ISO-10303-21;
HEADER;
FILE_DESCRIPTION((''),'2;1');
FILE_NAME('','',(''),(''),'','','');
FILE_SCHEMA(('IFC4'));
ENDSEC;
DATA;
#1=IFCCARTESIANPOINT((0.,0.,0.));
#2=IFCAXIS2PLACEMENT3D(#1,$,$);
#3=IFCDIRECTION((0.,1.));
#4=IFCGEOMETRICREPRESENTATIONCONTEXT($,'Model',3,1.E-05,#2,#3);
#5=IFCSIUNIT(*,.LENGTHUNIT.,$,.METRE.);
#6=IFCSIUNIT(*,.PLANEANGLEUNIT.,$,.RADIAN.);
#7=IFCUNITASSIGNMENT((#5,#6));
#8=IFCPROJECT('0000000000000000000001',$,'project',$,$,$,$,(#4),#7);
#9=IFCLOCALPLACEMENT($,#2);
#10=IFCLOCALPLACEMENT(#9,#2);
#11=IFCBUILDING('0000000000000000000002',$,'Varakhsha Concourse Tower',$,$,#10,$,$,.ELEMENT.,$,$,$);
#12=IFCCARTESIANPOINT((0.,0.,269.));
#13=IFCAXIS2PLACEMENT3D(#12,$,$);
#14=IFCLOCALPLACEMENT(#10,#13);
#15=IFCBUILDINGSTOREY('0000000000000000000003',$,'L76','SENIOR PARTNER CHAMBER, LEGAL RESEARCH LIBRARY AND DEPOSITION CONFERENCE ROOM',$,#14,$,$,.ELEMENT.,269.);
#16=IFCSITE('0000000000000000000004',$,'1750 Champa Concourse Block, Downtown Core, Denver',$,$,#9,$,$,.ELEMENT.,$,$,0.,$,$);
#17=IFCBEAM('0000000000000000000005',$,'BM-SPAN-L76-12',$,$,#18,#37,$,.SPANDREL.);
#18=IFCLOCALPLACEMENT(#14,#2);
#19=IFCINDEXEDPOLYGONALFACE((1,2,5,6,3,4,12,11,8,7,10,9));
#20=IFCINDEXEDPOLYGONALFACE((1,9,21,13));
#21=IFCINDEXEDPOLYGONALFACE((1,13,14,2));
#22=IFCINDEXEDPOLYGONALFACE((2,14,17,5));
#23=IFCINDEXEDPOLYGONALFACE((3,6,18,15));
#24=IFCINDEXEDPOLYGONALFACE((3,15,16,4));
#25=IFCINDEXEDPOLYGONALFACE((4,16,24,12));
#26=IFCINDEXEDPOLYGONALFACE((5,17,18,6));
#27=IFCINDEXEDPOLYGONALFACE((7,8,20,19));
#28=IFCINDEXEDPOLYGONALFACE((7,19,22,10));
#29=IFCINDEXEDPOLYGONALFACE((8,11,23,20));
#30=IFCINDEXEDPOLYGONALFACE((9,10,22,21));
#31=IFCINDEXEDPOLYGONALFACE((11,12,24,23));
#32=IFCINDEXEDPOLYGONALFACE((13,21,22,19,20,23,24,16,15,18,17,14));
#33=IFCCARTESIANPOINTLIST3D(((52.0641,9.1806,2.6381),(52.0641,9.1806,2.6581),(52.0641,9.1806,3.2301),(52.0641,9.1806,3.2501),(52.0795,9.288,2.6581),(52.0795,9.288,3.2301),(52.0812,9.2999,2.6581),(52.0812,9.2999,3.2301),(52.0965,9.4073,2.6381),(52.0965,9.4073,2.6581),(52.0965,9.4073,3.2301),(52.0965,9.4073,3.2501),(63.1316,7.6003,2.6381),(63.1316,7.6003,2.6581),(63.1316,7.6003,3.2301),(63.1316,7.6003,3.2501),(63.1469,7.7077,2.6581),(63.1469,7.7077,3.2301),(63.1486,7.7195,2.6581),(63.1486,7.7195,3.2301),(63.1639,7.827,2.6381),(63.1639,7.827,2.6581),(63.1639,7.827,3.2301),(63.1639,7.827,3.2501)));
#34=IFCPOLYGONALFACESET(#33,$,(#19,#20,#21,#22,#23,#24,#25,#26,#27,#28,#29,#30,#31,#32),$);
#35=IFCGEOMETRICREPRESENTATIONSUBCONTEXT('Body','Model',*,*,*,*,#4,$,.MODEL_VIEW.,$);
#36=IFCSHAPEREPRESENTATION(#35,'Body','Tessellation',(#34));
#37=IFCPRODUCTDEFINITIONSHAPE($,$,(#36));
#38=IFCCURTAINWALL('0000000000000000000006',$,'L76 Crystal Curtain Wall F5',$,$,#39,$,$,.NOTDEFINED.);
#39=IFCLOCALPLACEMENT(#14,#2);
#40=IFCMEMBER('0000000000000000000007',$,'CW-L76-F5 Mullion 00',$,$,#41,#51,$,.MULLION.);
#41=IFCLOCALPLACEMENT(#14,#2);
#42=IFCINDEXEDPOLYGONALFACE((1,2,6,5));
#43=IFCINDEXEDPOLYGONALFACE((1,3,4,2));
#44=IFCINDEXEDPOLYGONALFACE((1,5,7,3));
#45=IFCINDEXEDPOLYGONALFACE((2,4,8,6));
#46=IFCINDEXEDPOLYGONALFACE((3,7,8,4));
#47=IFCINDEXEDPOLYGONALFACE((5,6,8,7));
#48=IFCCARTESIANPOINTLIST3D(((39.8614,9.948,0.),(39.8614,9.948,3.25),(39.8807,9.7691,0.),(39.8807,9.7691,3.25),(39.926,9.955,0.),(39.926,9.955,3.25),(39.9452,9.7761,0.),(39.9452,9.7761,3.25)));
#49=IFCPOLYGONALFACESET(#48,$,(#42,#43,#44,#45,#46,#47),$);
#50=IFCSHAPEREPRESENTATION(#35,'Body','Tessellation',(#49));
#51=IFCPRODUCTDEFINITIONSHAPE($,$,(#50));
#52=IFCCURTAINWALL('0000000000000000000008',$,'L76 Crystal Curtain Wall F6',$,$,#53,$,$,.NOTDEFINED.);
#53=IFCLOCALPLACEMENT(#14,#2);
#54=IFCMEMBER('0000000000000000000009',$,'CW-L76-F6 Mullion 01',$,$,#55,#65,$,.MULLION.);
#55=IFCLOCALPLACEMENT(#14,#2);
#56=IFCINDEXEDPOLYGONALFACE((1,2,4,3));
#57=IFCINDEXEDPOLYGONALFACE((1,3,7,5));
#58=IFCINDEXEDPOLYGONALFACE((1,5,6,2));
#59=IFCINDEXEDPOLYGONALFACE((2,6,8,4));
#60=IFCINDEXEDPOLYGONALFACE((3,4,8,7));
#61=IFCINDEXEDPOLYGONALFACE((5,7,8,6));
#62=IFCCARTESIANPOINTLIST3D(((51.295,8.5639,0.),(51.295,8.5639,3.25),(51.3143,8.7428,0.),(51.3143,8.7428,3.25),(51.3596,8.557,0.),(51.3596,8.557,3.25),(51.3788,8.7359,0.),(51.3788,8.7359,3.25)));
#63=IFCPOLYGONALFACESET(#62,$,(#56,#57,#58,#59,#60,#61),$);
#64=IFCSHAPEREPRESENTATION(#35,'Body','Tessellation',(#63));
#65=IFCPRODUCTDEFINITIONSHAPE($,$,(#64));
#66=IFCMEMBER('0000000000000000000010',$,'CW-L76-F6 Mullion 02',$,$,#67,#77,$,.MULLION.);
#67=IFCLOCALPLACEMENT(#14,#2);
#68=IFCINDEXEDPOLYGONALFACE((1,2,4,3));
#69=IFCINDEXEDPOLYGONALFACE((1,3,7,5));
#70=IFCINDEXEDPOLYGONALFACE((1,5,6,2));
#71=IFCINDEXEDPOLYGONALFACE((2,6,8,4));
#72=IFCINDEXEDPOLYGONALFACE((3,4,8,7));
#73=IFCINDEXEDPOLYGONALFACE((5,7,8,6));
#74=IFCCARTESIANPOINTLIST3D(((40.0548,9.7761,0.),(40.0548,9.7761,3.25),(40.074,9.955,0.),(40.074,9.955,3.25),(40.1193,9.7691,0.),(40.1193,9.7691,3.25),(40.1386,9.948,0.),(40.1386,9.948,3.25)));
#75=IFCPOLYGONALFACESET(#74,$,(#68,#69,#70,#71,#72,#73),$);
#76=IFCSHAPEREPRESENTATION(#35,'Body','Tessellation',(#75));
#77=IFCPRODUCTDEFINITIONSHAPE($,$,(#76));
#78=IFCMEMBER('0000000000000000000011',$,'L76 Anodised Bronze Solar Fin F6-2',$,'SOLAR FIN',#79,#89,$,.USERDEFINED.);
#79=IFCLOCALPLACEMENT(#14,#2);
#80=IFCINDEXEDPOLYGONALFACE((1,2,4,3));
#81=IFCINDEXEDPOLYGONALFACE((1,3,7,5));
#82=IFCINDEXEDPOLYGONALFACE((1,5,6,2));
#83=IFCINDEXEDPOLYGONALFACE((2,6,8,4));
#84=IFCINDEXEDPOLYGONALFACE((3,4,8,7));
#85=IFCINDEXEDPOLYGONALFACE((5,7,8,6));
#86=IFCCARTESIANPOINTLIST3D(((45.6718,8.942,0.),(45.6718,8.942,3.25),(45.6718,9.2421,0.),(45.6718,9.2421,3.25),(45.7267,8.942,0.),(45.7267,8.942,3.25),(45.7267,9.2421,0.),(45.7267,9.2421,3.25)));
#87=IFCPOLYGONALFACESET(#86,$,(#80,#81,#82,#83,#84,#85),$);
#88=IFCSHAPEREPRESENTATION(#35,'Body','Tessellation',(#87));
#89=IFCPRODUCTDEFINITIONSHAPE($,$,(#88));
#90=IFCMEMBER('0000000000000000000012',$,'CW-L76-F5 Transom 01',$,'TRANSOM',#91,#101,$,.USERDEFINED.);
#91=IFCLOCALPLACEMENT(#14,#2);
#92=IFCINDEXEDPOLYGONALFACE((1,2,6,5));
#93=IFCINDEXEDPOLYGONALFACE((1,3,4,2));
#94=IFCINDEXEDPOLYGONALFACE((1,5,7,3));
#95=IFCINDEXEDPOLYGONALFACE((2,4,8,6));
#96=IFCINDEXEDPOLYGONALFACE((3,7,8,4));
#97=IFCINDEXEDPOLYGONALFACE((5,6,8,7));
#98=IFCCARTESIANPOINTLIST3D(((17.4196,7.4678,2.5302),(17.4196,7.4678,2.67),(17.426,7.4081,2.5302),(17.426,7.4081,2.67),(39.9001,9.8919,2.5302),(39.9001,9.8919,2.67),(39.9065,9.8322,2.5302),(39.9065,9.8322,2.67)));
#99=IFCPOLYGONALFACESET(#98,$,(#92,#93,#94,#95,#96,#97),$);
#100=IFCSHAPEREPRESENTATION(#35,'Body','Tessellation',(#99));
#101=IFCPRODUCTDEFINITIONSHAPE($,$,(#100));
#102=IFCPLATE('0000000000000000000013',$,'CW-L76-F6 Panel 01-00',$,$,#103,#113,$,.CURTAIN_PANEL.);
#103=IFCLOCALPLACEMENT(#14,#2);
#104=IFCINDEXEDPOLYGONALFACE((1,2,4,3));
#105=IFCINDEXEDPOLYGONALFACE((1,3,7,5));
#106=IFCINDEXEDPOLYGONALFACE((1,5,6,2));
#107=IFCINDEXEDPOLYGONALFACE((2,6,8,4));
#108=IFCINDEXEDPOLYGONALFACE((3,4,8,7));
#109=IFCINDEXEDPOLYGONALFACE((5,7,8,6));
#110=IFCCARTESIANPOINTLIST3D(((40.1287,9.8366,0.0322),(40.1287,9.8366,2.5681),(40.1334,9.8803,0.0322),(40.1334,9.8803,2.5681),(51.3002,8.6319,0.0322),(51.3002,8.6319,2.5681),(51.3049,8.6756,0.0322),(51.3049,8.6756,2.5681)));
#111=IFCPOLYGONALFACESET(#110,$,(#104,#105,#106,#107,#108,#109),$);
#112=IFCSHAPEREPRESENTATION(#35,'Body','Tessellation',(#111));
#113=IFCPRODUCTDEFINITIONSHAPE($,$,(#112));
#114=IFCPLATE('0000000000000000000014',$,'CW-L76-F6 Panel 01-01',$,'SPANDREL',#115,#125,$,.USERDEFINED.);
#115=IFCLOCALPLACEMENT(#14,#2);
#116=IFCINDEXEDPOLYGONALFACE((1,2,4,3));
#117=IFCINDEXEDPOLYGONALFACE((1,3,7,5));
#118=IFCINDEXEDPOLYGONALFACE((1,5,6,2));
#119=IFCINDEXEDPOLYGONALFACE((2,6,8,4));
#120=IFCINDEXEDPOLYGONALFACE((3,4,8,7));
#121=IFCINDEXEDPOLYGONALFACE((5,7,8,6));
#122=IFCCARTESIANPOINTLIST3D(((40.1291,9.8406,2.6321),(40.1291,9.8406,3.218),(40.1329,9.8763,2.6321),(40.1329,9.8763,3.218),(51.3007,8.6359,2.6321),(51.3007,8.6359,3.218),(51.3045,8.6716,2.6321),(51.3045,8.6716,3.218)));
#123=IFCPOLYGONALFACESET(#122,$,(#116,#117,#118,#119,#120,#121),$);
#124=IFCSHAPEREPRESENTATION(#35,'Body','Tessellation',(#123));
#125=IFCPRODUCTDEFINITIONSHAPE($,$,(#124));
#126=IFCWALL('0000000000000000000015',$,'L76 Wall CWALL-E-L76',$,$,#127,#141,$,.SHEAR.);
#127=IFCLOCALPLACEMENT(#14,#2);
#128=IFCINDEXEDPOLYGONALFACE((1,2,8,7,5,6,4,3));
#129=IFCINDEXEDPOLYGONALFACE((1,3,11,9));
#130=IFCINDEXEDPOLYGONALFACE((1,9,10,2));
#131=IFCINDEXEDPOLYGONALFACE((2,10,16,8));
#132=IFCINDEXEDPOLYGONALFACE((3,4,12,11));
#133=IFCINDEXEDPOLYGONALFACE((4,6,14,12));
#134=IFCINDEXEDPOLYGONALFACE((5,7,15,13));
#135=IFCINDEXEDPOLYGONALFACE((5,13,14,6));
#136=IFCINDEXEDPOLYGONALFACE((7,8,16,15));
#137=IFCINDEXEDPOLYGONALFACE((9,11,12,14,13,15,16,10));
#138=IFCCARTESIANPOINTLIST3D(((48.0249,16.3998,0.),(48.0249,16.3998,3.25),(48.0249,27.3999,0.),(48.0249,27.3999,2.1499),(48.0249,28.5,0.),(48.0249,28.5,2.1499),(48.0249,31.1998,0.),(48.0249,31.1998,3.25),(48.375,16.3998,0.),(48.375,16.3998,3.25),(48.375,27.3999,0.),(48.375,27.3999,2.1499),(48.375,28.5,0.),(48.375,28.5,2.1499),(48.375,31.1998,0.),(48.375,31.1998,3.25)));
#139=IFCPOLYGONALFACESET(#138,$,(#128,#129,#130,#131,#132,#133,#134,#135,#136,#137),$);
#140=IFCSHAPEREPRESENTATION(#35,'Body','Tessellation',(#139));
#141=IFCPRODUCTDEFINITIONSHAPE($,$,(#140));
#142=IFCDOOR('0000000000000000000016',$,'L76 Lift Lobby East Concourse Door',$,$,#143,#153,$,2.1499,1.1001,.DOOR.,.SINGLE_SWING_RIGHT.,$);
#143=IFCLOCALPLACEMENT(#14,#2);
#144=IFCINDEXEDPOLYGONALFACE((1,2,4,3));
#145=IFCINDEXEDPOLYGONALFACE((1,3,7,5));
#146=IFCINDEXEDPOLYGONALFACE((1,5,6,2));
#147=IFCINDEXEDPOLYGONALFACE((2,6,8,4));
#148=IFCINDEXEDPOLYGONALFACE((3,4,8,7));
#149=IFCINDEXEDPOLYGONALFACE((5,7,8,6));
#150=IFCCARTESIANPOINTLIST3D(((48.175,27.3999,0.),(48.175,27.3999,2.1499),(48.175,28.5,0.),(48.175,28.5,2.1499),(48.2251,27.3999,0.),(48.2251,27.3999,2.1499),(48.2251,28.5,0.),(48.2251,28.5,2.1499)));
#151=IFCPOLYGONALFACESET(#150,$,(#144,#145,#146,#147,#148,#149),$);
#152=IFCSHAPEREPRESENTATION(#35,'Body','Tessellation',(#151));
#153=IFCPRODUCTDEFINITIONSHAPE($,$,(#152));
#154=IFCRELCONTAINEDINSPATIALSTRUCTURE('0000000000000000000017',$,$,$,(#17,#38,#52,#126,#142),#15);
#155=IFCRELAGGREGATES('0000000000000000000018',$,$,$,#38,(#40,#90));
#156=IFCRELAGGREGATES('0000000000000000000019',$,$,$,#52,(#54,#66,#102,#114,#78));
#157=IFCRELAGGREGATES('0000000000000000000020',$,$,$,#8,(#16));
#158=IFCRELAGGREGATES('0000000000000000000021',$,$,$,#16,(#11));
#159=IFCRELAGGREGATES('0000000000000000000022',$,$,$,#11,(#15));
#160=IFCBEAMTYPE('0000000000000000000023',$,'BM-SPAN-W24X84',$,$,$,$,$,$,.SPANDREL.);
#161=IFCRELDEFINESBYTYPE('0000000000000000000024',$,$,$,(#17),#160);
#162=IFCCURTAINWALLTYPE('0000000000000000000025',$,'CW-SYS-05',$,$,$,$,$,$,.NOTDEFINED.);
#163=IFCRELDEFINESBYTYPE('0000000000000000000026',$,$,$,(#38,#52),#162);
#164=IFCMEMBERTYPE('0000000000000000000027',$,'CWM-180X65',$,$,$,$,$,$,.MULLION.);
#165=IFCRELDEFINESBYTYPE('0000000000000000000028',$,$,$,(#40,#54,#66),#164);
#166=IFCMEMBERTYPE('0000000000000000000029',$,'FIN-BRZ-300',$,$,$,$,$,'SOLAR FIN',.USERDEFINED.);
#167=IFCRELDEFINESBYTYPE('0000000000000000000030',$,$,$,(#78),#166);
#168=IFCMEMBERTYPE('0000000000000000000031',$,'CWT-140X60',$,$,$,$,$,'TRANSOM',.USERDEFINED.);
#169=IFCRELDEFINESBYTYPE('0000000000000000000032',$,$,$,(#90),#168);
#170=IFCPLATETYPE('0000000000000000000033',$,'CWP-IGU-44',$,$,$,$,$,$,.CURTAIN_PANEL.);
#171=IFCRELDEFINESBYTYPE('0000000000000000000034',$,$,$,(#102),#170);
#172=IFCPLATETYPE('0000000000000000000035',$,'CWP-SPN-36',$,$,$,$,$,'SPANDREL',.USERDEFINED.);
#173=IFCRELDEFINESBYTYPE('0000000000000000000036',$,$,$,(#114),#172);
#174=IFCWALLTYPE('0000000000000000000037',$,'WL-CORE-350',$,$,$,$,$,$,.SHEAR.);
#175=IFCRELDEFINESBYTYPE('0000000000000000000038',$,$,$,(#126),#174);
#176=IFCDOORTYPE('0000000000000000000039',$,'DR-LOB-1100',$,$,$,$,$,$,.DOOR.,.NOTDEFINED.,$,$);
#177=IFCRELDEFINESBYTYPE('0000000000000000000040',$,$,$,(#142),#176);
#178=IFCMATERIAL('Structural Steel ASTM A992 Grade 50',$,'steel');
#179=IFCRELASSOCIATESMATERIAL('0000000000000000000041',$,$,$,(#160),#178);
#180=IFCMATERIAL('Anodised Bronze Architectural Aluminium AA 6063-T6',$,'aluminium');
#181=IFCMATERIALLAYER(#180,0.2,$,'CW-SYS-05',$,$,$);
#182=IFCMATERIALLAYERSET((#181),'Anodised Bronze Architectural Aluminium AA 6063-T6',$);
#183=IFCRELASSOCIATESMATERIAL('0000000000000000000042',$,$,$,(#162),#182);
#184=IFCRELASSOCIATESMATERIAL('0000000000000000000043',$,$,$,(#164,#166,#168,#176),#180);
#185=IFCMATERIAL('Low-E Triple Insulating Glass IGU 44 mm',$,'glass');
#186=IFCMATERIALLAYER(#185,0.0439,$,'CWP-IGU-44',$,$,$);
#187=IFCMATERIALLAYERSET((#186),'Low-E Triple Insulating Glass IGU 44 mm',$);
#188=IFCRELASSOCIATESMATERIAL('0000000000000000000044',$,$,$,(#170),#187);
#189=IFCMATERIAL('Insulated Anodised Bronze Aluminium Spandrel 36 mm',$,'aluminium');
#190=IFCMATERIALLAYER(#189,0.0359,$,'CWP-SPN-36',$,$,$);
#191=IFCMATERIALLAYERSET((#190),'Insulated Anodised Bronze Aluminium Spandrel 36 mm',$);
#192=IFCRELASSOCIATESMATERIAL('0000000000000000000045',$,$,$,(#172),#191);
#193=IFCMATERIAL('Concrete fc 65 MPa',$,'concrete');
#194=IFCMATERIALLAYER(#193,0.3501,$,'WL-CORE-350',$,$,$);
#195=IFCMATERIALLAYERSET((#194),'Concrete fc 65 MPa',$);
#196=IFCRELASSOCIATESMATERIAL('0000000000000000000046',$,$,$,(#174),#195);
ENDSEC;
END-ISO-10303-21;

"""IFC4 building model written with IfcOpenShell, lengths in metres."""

from ifc_helpers import new_model, si_unit, direction, frame, frame_2d, origin, origin_2d, place, context, subcontext, project, spatial, rectangle, i_section, extrude, source, transform, mapped, material, layer, layer_set, material_profile, profile_set, type_object, type_shapes, element, fill, aggregate, save


model = new_model("IFC4")

# Units and contexts
model_context = context("Model", 3, precision=1e-05, world=origin(), true_north=direction((0.0, 1.0)))
body_context = subcontext(model_context, "Body", "Model", "MODEL_VIEW")
ifc_project = project(units=[si_unit("LENGTHUNIT", "METRE"), si_unit("PLANEANGLEUNIT", "RADIAN")], contexts=[model_context])

# Site, building, storey
site_placement = place(None, origin())
site = spatial("IfcSite", under=ifc_project, at=site_placement, Name="1750 Champa Concourse Block, Downtown Core, Denver", CompositionType="ELEMENT", RefElevation=0.0)
building_placement = place(site_placement, origin())
building = spatial("IfcBuilding", under=site, at=building_placement, Name="Varakhsha Concourse Tower", CompositionType="ELEMENT")
storey_placement = place(building_placement, frame((0.0, 0.0, 269.0)))
storey = spatial("IfcBuildingStorey", under=building, at=storey_placement, Name="L76", Description="SENIOR PARTNER CHAMBER, LEGAL RESEARCH LIBRARY AND DEPOSITION CONFERENCE ROOM", CompositionType="ELEMENT", Elevation=269.0)

# Shared definitions
ifc_material_1 = material(Name="Structural Steel ASTM A992 Grade 50", Category="steel")
ifc_material_2 = material(Name="Concrete fc 65 MPa", Category="concrete")

# Beam
ifc_material_profile_1 = material_profile(ifc_material_1, i_section(OverallWidth=0.229, OverallDepth=0.6121, WebThickness=0.012, FlangeThickness=0.02, at=origin_2d()), Name="W24X84")
ifc_profile_set_1 = profile_set([ifc_material_profile_1], Name="Structural Steel ASTM A992 Grade 50")
beam_type_1 = type_object("IfcBeamType", Name="BM-SPAN-W24X84", PredefinedType="SPANDREL", material=ifc_profile_set_1)
beam_1_placement = place(storey_placement, frame((52.0803, 9.2939, 2.9441), z_axis=(0.989959, -0.141357, 0.0), x_axis=(0.141357, 0.989959, 0.0)))
element("IfcBeam", 1, at=beam_1_placement, inside=storey, type_object=beam_type_1, Name="BM-SPAN-L76-12", PredefinedType="SPANDREL", context=body_context, shape_type="SweptSolid", body=[
    extrude(i_section(OverallWidth=0.229, OverallDepth=0.6121, WebThickness=0.012, FlangeThickness=0.02, at=origin_2d()), origin(), (0.0, 0.0, 1.0), 11.1797),
])

# Curtain wall, member
ifc_material_3 = material(Name="Anodised Bronze Architectural Aluminium AA 6063-T6", Category="aluminium")
ifc_layer_1 = layer(ifc_material_3, 0.2, Name="CW-SYS-05")
ifc_layer_set_1 = layer_set([ifc_layer_1], Name="Anodised Bronze Architectural Aluminium AA 6063-T6")
curtain_wall_type = type_object("IfcCurtainWallType", Name="CW-SYS-05", PredefinedType="NOTDEFINED", material=ifc_layer_set_1)
curtain_wall_1_placement = place(storey_placement, origin())
curtain_wall_1 = element("IfcCurtainWall", 2, at=curtain_wall_1_placement, inside=storey, type_object=curtain_wall_type, Name="L76 Crystal Curtain Wall F5", PredefinedType="NOTDEFINED")
ifc_material_profile_2 = material_profile(ifc_material_3, rectangle(XDim=0.0649, YDim=0.1799, at=origin_2d()), Name="CWM-180X65")
ifc_profile_set_2 = profile_set([ifc_material_profile_2], Name="Anodised Bronze Architectural Aluminium AA 6063-T6")
member_type_1 = type_object("IfcMemberType", Name="CWM-180X65", PredefinedType="MULLION", material=ifc_profile_set_2)
shared_shape_1 = source(origin(), body_context, "Body", "SweptSolid", [
    extrude(rectangle(XDim=0.0649, YDim=0.1799, at=origin_2d()), origin(), (0.0, 0.0, 1.0), 3.25),
])
type_shapes(member_type_1, [shared_shape_1])
member_1_placement = place(storey_placement, frame((39.9033, 9.8621, 0.0), z_axis=(0.0, 0.0, 1.0), x_axis=(-0.994236, -0.10721, 0.0)))
member_1 = element("IfcMember", 3, at=member_1_placement, type_object=member_type_1, Name="CW-L76-F5 Mullion 00", PredefinedType="MULLION", context=body_context, shape_type="MappedRepresentation", body=[
    mapped(shared_shape_1, transform((0.0, 0.0, 0.0), scale=1.0)),
])

# Curtain wall, members
curtain_wall_2_placement = place(storey_placement, origin())
curtain_wall_2 = element("IfcCurtainWall", 4, at=curtain_wall_2_placement, inside=storey, type_object=curtain_wall_type, Name="L76 Crystal Curtain Wall F6", PredefinedType="NOTDEFINED")
member_2_placement = place(storey_placement, frame((51.3369, 8.6499, 0.0), z_axis=(0.0, 0.0, 1.0), x_axis=(-0.994236, 0.10721, 0.0)))
member_2 = element("IfcMember", 5, at=member_2_placement, type_object=member_type_1, Name="CW-L76-F6 Mullion 01", PredefinedType="MULLION", context=body_context, shape_type="MappedRepresentation", body=[
    mapped(shared_shape_1, transform((0.0, 0.0, 0.0), scale=1.0)),
])
member_3_placement = place(storey_placement, frame((40.0967, 9.8621, 0.0), z_axis=(0.0, 0.0, 1.0), x_axis=(-0.994236, 0.10721, 0.0)))
member_3 = element("IfcMember", 6, at=member_3_placement, type_object=member_type_1, Name="CW-L76-F6 Mullion 02", PredefinedType="MULLION", context=body_context, shape_type="MappedRepresentation", body=[
    mapped(shared_shape_1, transform((0.0, 0.0, 0.0), scale=1.0)),
])
ifc_material_profile_3 = material_profile(ifc_material_3, rectangle(XDim=0.0549, YDim=0.3, at=origin_2d()), Name="FIN-BRZ-300")
ifc_profile_set_3 = profile_set([ifc_material_profile_3], Name="Anodised Bronze Architectural Aluminium AA 6063-T6")
member_type_2 = type_object("IfcMemberType", Name="FIN-BRZ-300", ElementType="SOLAR FIN", PredefinedType="USERDEFINED", material=ifc_profile_set_3)
shared_shape_2 = source(origin(), body_context, "Body", "SweptSolid", [
    extrude(rectangle(XDim=0.0549, YDim=0.3, at=origin_2d()), origin(), (0.0, 0.0, 1.0), 3.25),
])
type_shapes(member_type_2, [shared_shape_2])
member_4_placement = place(storey_placement, frame((45.6992, 9.092, 0.0), z_axis=(0.0, 0.0, 1.0), x_axis=(1.0, 0.0, 0.0)))
member_4 = element("IfcMember", 7, at=member_4_placement, type_object=member_type_2, Name="L76 Anodised Bronze Solar Fin F6-2", ObjectType="SOLAR FIN", PredefinedType="USERDEFINED", context=body_context, shape_type="MappedRepresentation", body=[
    mapped(shared_shape_2, transform((0.0, 0.0, 0.0), scale=1.0)),
])

# Member
ifc_material_profile_4 = material_profile(ifc_material_3, rectangle(XDim=0.0601, YDim=0.1399, at=origin_2d()), Name="CWT-140X60")
ifc_profile_set_4 = profile_set([ifc_material_profile_4], Name="Anodised Bronze Architectural Aluminium AA 6063-T6")
member_type_3 = type_object("IfcMemberType", Name="CWT-140X60", ElementType="TRANSOM", PredefinedType="USERDEFINED", material=ifc_profile_set_4)
shared_shape_3 = source(origin(), body_context, "Body", "SweptSolid", [
    extrude(rectangle(XDim=0.0601, YDim=0.1399, at=origin_2d()), origin(), (0.0, 0.0, 1.0), 22.6108),
])
type_shapes(member_type_3, [shared_shape_3])
member_5_placement = place(storey_placement, frame((39.9033, 9.8621, 2.6001), z_axis=(-0.994237, -0.107209, 0.0), x_axis=(0.107209, -0.994237, 0.0)))
member_5 = element("IfcMember", 8, at=member_5_placement, type_object=member_type_3, Name="CW-L76-F5 Transom 01", ObjectType="TRANSOM", PredefinedType="USERDEFINED", context=body_context, shape_type="MappedRepresentation", body=[
    mapped(shared_shape_3, transform((0.0, 0.0, 0.0), scale=1.0)),
])
aggregate(curtain_wall_1, [member_1, member_5])

# Plates
ifc_material_4 = material(Name="Low-E Triple Insulating Glass IGU 44 mm", Category="glass")
ifc_layer_2 = layer(ifc_material_4, 0.0439, Name="CWP-IGU-44")
ifc_layer_set_2 = layer_set([ifc_layer_2], Name="Low-E Triple Insulating Glass IGU 44 mm")
plate_type_1 = type_object("IfcPlateType", Name="CWP-IGU-44", PredefinedType="CURTAIN_PANEL", material=ifc_layer_set_2)
shared_shape_4 = source(origin(), body_context, "Body", "SweptSolid", [
    extrude(rectangle(XDim=11.2363, YDim=0.0439, at=origin_2d()), origin(), (0.0, 0.0, 1.0), 2.5359),
])
type_shapes(plate_type_1, [shared_shape_4])
plate_1_placement = place(storey_placement, frame((45.7168, 9.2561, 0.0322), z_axis=(0.0, 0.0, 1.0), x_axis=(-0.994236, 0.10721, 0.0)))
plate_1 = element("IfcPlate", 9, at=plate_1_placement, type_object=plate_type_1, Name="CW-L76-F6 Panel 01-00", PredefinedType="CURTAIN_PANEL", context=body_context, shape_type="MappedRepresentation", body=[
    mapped(shared_shape_4, transform((0.0, 0.0, 0.0), scale=1.0)),
])
ifc_material_5 = material(Name="Insulated Anodised Bronze Aluminium Spandrel 36 mm", Category="aluminium")
ifc_layer_3 = layer(ifc_material_5, 0.0359, Name="CWP-SPN-36")
ifc_layer_set_3 = layer_set([ifc_layer_3], Name="Insulated Anodised Bronze Aluminium Spandrel 36 mm")
plate_type_2 = type_object("IfcPlateType", Name="CWP-SPN-36", ElementType="SPANDREL", PredefinedType="USERDEFINED", material=ifc_layer_set_3)
shared_shape_5 = source(origin(), body_context, "Body", "SweptSolid", [
    extrude(rectangle(XDim=11.2363, YDim=0.0359, at=origin_2d()), origin(), (0.0, 0.0, 1.0), 0.5859),
])
type_shapes(plate_type_2, [shared_shape_5])
plate_2_placement = place(storey_placement, frame((45.7168, 9.2561, 2.6321), z_axis=(0.0, 0.0, 1.0), x_axis=(-0.994236, 0.10721, 0.0)))
plate_2 = element("IfcPlate", 10, at=plate_2_placement, type_object=plate_type_2, Name="CW-L76-F6 Panel 01-01", ObjectType="SPANDREL", PredefinedType="USERDEFINED", context=body_context, shape_type="MappedRepresentation", body=[
    mapped(shared_shape_5, transform((0.0, 0.0, 0.0), scale=1.0)),
])
aggregate(curtain_wall_2, [member_2, member_3, plate_1, plate_2, member_4])

# Wall, opening, door
ifc_layer_4 = layer(ifc_material_2, 0.3501, Name="WL-CORE-350")
ifc_layer_set_4 = layer_set([ifc_layer_4], Name="Concrete fc 65 MPa")
wall_type_1 = type_object("IfcWallType", Name="WL-CORE-350", PredefinedType="SHEAR", material=ifc_layer_set_4)
wall_1_placement = place(storey_placement, frame((48.2, 16.3999, 0.0), z_axis=(0.0, 0.0, 1.0), x_axis=(0.0, 1.0, 0.0)))
wall_1 = element("IfcWall", 11, at=wall_1_placement, inside=storey, type_object=wall_type_1, Name="L76 Wall CWALL-E-L76", PredefinedType="SHEAR", context=body_context, shape_type="SweptSolid", body=[
    extrude(rectangle(XDim=14.8, YDim=0.3501, at=frame_2d((7.3999, 0.0))), origin(), (0.0, 0.0, 1.0), 3.25),
])
opening_1_placement = place(wall_1_placement, frame((11.0, 0.0, 0.0)))
opening_1 = element("IfcOpeningElement", 12, at=opening_1_placement, cuts=wall_1, PredefinedType="OPENING", context=body_context, shape_type="SweptSolid", body=[
    extrude(rectangle(XDim=1.1001, YDim=2.1499, at=frame_2d((0.55, 1.075))), frame((0.0, 0.1851, 0.0), z_axis=(0.0, -1.0, 0.0), x_axis=(1.0, 0.0, 0.0)), (0.0, 0.0, 1.0), 0.3701),
])
door_type_1 = type_object("IfcDoorType", Name="DR-LOB-1100", OperationType="NOTDEFINED", PredefinedType="DOOR", material=ifc_material_3)
door_1_placement = place(opening_1_placement, origin())
door_1 = element("IfcDoor", 13, at=door_1_placement, inside=storey, type_object=door_type_1, Name="L76 Lift Lobby East Concourse Door", OperationType="SINGLE_SWING_RIGHT", OverallHeight=2.1499, OverallWidth=1.1001, PredefinedType="DOOR", context=body_context, shape_type="SweptSolid", body=[
    extrude(rectangle(XDim=1.1001, YDim=2.1499, at=frame_2d((0.55, 1.075))), frame((0.0, 0.0249, 0.0), z_axis=(0.0, -1.0, 0.0), x_axis=(1.0, 0.0, 0.0)), (0.0, 0.0, 1.0), 0.05),
])
fill(opening_1, door_1)

save(model, "model.ifc")
